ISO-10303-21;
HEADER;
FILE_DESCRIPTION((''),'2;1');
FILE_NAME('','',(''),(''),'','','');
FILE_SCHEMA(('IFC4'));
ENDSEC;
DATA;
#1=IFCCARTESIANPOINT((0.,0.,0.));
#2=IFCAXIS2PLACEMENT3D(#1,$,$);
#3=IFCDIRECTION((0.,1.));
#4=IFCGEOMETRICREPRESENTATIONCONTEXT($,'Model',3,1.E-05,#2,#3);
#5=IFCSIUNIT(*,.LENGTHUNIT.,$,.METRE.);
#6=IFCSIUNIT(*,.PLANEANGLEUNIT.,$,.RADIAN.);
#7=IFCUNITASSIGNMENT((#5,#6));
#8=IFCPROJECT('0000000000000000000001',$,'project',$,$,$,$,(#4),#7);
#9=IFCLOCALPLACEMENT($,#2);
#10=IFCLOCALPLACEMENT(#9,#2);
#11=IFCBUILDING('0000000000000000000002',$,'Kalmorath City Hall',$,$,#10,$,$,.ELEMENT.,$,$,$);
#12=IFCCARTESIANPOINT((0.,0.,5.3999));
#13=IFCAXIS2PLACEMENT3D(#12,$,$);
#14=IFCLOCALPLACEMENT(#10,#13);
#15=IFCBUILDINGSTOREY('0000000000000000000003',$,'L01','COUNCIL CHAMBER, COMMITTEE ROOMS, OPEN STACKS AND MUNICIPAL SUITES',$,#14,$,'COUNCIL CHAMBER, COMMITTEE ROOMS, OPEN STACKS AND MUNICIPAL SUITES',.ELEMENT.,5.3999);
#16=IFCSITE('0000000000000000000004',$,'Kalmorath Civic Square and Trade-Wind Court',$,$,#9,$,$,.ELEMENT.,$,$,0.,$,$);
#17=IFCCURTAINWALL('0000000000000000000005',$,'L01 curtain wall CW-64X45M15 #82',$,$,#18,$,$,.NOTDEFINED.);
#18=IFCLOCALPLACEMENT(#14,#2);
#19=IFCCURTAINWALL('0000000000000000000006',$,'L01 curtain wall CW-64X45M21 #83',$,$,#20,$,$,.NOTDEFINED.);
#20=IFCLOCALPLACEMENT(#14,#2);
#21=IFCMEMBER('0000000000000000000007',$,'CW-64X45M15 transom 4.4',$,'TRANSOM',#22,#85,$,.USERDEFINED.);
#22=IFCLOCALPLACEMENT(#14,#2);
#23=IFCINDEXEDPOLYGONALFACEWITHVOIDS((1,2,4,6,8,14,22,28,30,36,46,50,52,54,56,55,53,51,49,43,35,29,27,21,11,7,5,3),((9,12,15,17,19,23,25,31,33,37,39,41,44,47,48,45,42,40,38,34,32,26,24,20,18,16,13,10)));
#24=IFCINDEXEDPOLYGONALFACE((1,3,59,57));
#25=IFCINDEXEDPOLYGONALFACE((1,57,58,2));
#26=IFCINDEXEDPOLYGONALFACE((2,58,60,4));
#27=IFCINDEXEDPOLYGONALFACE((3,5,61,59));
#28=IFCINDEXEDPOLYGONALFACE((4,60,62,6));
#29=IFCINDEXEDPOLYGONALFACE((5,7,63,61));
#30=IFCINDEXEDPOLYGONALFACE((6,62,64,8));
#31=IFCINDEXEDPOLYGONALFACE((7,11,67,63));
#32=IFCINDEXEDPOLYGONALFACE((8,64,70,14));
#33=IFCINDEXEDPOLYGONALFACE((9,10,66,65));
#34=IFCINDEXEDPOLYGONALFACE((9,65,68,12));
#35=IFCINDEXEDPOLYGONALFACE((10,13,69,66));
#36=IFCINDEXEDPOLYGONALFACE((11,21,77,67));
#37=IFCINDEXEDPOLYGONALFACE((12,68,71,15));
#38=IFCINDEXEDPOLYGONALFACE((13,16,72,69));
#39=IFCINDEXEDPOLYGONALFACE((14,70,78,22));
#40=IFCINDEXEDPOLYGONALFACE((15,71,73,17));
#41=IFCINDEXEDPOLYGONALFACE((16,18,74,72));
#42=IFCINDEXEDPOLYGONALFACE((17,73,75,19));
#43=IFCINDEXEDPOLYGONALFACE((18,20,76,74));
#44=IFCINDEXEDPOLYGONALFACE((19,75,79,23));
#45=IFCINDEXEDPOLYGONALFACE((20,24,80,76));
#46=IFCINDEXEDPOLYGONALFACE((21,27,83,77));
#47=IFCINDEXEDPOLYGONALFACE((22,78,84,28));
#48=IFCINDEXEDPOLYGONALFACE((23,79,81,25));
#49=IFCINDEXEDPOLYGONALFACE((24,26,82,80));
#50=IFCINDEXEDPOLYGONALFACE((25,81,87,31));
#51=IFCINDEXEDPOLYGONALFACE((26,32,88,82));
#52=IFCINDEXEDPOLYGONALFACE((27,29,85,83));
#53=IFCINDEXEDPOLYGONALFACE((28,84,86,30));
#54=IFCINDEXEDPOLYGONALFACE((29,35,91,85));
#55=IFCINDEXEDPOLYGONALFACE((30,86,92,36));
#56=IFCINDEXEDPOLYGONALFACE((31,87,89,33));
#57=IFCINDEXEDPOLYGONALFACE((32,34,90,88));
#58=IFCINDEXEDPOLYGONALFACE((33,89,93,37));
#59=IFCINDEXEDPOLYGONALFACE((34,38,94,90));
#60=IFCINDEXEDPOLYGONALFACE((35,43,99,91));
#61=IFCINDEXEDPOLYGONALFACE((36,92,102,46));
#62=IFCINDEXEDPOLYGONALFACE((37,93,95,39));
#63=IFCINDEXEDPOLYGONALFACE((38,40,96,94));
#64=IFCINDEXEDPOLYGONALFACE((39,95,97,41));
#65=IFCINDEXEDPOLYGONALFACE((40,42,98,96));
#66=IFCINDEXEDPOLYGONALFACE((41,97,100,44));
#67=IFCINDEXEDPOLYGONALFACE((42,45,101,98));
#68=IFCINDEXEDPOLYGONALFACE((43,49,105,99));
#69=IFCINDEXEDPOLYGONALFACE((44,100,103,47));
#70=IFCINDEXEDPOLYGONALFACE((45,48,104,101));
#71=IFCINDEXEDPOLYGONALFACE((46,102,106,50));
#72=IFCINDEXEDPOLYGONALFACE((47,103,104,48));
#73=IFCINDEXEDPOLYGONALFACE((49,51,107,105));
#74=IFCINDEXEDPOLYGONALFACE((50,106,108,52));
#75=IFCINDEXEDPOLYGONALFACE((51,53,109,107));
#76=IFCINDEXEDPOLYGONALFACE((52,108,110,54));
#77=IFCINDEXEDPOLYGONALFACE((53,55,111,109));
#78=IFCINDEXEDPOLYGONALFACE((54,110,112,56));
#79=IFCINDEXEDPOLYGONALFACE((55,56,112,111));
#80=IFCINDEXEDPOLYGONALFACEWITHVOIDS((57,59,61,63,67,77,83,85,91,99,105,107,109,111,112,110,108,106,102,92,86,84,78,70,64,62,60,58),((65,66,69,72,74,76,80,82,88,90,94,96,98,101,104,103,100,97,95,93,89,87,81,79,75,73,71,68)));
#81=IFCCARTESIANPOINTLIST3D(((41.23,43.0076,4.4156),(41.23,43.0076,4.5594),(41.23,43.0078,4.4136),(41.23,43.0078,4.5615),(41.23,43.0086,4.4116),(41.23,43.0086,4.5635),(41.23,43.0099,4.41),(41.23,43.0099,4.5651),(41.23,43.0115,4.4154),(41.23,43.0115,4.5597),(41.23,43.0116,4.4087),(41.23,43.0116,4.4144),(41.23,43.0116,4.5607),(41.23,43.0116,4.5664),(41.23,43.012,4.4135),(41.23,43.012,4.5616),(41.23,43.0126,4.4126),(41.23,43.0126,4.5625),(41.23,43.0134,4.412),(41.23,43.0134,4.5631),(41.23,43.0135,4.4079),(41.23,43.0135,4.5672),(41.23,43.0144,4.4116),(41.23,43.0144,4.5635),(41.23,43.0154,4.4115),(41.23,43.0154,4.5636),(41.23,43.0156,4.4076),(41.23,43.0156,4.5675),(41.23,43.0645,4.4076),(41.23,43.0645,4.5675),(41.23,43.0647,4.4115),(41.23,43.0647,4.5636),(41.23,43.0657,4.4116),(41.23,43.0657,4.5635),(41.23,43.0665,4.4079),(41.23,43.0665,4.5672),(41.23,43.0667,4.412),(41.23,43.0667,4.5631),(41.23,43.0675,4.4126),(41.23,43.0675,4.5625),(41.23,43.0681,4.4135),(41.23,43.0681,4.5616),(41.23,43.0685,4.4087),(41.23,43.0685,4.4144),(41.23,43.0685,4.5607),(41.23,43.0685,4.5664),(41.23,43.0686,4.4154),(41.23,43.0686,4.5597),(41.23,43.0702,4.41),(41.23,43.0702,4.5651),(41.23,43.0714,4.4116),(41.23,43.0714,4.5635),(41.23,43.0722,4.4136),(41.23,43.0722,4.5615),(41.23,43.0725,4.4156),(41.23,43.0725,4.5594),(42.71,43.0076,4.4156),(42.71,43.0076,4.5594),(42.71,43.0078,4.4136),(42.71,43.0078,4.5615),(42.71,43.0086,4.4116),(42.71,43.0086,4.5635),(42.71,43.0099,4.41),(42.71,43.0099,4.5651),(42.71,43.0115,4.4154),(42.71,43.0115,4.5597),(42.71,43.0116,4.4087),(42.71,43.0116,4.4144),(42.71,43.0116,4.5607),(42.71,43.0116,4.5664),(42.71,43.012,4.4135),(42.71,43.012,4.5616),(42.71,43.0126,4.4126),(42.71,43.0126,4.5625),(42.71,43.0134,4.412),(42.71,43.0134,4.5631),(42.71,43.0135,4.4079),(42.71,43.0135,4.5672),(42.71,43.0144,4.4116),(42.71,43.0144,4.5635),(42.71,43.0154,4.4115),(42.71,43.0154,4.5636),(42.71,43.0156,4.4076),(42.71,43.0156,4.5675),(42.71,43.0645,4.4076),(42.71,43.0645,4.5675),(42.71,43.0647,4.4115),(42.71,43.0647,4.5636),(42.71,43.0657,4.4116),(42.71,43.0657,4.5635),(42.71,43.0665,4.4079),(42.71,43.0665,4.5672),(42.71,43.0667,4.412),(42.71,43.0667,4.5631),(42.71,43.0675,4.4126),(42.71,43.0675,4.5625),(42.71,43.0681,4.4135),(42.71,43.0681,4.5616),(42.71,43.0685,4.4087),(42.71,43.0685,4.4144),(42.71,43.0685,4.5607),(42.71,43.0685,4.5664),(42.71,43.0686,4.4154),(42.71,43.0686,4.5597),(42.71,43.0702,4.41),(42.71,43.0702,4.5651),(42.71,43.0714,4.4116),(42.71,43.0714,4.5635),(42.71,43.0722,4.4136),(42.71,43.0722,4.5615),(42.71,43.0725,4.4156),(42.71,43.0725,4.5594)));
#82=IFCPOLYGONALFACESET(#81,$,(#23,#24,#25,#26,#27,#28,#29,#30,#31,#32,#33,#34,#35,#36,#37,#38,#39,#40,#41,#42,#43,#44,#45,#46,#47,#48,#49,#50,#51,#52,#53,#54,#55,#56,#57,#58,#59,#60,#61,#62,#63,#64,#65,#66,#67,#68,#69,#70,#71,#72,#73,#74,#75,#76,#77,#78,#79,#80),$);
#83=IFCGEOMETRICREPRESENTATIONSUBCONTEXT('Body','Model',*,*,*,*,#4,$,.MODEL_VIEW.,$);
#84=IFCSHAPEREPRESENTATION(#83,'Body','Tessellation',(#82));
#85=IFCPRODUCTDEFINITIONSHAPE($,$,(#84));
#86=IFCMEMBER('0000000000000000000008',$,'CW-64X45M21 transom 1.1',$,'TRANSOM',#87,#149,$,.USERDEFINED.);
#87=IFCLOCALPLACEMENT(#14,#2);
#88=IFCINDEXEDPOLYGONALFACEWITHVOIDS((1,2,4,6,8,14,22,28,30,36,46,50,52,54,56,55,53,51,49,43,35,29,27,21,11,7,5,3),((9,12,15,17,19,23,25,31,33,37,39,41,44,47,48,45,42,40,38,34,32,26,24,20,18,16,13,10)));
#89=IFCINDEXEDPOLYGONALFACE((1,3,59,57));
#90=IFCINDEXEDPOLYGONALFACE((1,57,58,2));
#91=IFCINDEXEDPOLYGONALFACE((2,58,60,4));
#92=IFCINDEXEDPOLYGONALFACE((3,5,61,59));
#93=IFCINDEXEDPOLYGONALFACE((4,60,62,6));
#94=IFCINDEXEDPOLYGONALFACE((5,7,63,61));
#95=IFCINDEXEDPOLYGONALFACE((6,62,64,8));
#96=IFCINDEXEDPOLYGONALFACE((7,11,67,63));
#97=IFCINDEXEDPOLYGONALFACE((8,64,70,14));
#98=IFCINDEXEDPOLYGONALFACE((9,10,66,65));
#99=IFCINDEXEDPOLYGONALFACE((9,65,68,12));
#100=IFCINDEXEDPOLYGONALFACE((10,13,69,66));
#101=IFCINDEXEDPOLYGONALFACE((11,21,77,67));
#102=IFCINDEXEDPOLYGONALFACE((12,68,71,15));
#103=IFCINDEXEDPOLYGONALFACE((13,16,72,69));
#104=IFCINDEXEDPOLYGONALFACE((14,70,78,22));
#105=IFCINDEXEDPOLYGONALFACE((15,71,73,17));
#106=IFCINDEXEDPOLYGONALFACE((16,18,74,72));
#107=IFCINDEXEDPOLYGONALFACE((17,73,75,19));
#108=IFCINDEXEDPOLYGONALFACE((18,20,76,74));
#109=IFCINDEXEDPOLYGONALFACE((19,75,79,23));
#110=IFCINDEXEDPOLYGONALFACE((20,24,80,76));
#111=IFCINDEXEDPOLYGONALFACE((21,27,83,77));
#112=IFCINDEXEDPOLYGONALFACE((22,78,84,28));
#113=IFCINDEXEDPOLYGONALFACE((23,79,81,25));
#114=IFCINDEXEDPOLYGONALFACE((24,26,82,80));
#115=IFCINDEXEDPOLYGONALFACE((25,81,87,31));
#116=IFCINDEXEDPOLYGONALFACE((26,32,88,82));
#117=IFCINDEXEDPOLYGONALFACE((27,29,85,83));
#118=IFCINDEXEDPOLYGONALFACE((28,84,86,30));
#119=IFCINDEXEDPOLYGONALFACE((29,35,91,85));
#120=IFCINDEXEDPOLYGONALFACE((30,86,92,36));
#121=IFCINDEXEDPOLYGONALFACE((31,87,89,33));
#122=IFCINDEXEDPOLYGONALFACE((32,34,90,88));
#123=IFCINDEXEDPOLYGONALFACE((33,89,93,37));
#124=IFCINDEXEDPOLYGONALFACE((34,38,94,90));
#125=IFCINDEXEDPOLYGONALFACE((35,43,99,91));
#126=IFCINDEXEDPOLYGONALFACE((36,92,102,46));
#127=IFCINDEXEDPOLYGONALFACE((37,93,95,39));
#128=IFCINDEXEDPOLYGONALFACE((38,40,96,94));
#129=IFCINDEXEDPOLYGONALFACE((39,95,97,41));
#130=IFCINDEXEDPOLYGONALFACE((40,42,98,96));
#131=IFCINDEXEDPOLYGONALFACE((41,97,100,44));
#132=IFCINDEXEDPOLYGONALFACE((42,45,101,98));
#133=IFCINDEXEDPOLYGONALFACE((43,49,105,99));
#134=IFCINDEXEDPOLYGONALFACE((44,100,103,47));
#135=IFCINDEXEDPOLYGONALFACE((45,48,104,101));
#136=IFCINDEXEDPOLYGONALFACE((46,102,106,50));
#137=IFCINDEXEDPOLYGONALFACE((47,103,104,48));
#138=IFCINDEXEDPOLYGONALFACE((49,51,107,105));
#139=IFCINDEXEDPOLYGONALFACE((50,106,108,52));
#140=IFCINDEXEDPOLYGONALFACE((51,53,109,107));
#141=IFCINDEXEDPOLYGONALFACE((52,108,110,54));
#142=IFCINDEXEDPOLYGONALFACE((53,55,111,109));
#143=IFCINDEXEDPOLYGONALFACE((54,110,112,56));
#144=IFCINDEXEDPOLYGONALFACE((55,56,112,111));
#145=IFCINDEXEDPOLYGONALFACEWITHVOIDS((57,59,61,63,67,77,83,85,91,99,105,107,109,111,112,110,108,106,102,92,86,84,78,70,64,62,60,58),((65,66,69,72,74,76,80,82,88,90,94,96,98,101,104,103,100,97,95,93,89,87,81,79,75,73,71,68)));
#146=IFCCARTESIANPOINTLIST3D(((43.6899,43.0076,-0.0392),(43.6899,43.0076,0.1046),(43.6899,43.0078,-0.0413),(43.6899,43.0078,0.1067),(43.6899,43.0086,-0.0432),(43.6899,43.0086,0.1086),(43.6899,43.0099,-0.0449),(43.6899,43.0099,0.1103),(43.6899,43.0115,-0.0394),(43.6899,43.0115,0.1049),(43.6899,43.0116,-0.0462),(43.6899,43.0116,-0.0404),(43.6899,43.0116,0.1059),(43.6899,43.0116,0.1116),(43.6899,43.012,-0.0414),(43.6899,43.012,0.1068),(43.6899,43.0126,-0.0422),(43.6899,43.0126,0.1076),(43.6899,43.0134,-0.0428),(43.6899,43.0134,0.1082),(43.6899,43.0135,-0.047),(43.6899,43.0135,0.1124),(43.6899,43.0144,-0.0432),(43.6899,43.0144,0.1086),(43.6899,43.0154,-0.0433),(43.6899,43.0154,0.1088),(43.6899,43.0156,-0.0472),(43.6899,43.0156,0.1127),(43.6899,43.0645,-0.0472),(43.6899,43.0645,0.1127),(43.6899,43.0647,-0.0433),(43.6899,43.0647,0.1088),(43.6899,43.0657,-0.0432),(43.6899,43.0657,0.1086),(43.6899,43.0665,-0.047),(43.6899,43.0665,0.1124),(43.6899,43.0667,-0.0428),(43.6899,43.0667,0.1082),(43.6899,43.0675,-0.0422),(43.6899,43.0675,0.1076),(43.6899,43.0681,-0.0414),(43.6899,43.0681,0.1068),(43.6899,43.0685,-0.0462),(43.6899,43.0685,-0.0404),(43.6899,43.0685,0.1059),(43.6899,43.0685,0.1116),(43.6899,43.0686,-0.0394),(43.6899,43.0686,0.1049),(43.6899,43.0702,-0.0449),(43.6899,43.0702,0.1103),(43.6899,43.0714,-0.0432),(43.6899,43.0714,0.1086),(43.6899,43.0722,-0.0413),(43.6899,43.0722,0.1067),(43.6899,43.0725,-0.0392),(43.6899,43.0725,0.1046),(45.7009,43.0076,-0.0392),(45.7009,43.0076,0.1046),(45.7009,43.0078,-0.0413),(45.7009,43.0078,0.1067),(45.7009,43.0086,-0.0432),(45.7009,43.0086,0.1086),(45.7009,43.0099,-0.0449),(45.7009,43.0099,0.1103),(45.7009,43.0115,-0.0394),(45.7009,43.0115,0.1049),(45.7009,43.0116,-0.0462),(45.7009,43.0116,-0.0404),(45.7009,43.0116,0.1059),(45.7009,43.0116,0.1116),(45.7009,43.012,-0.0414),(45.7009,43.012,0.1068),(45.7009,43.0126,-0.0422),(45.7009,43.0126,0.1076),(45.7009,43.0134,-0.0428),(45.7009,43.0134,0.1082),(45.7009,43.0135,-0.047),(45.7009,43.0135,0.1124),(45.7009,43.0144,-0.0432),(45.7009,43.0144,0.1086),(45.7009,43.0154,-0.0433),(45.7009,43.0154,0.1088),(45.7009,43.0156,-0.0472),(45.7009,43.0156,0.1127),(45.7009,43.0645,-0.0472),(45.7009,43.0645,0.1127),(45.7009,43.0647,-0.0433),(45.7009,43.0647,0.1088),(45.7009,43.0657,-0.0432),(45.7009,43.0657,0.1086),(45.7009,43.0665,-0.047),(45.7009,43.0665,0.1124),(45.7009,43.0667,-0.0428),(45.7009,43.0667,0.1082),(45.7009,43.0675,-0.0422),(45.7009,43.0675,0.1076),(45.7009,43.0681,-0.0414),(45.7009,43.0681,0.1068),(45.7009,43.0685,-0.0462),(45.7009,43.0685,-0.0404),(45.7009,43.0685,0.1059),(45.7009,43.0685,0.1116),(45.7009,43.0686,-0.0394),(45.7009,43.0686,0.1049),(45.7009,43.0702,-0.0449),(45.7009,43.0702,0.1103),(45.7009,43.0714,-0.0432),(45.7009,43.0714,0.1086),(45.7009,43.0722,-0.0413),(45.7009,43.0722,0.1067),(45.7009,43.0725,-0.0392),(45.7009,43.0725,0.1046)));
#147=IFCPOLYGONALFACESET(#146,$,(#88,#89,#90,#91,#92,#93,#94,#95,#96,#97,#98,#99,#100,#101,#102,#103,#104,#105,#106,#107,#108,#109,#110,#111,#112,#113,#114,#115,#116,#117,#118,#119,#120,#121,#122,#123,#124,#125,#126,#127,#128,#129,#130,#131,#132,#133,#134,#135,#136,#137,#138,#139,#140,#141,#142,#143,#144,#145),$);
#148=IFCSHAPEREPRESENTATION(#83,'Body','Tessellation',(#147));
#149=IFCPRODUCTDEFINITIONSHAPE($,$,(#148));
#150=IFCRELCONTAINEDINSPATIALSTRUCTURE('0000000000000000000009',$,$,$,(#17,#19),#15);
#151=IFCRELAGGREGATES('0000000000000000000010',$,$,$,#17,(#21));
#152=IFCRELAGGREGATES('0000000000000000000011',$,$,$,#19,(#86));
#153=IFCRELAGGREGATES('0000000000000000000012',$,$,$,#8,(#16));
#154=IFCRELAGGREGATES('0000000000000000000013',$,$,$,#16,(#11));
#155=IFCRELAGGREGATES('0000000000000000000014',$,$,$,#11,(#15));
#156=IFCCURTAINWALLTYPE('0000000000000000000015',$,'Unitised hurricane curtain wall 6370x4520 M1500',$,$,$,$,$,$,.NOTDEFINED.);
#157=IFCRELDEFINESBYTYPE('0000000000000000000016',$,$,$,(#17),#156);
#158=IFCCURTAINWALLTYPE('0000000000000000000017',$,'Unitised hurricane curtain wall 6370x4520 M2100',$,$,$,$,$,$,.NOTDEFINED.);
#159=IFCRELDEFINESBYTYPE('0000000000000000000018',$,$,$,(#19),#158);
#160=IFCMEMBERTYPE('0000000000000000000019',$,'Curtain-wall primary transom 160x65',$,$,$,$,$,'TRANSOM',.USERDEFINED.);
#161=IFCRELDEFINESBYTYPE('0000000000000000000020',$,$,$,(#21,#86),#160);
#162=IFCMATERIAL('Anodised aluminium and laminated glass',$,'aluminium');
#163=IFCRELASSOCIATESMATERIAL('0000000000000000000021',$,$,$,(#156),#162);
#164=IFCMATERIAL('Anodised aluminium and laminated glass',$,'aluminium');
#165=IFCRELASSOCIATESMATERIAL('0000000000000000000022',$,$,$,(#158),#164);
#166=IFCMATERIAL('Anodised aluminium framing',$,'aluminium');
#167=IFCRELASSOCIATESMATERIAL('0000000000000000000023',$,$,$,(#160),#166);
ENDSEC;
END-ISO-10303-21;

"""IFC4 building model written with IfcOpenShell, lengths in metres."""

from ifc_helpers import new_model, si_unit, direction, frame, origin, origin_2d, place, context, subcontext, project, spatial, hollow_rectangle, extrude, material, material_profile, profile_set, type_object, element, aggregate, save


model = new_model("IFC4")

# Units and contexts
model_context = context("Model", 3, precision=1e-05, world=origin(), true_north=direction((0.0, 1.0)))
body_context = subcontext(model_context, "Body", "Model", "MODEL_VIEW")
ifc_project = project(units=[si_unit("LENGTHUNIT", "METRE"), si_unit("PLANEANGLEUNIT", "RADIAN")], contexts=[model_context])

# Site, building, storey
site_placement = place(None, origin())
site = spatial("IfcSite", under=ifc_project, at=site_placement, Name="Kalmorath Civic Square and Trade-Wind Court", CompositionType="ELEMENT", RefElevation=0.0)
building_placement = place(site_placement, origin())
building = spatial("IfcBuilding", under=site, at=building_placement, Name="Kalmorath City Hall", CompositionType="ELEMENT")
storey_placement = place(building_placement, frame((0.0, 0.0, 5.3999)))
storey = spatial("IfcBuildingStorey", under=building, at=storey_placement, Name="L01", Description="COUNCIL CHAMBER, COMMITTEE ROOMS, OPEN STACKS AND MUNICIPAL SUITES", LongName="COUNCIL CHAMBER, COMMITTEE ROOMS, OPEN STACKS AND MUNICIPAL SUITES", CompositionType="ELEMENT", Elevation=5.3999)

# Curtain wall
ifc_material_1 = material(Name="Anodised aluminium and laminated glass", Category="aluminium")
curtain_wall_type_1 = type_object("IfcCurtainWallType", Name="Unitised hurricane curtain wall 6370x4520 M1500", PredefinedType="NOTDEFINED", material=ifc_material_1)
curtain_wall_1_placement = place(storey_placement, origin())
curtain_wall_1 = element("IfcCurtainWall", 1, at=curtain_wall_1_placement, inside=storey, type_object=curtain_wall_type_1, Name="L01 curtain wall CW-64X45M15 #82", PredefinedType="NOTDEFINED")

# Curtain wall
ifc_material_2 = material(Name="Anodised aluminium and laminated glass", Category="aluminium")
curtain_wall_type_2 = type_object("IfcCurtainWallType", Name="Unitised hurricane curtain wall 6370x4520 M2100", PredefinedType="NOTDEFINED", material=ifc_material_2)
curtain_wall_2_placement = place(storey_placement, origin())
curtain_wall_2 = element("IfcCurtainWall", 2, at=curtain_wall_2_placement, inside=storey, type_object=curtain_wall_type_2, Name="L01 curtain wall CW-64X45M21 #83", PredefinedType="NOTDEFINED")

# Members
ifc_material_3 = material(Name="Anodised aluminium framing", Category="aluminium")
ifc_material_profile_1 = material_profile(ifc_material_3, hollow_rectangle(XDim=0.0649, YDim=0.1599, WallThickness=0.0039, InnerFilletRadius=0.0039, OuterFilletRadius=0.0081, at=origin_2d()), Name="ALU-TRN-160X65X4")
ifc_profile_set_1 = profile_set([ifc_material_profile_1], Name="Anodised aluminium framing")
member_type_1 = type_object("IfcMemberType", Name="Curtain-wall primary transom 160x65", ElementType="TRANSOM", PredefinedType="USERDEFINED", material=ifc_profile_set_1)
member_1_placement = place(storey_placement, frame((41.23, 43.04, 4.4875), z_axis=(1.0, 0.0, 0.0), x_axis=(0.0, 1.0, 0.0)))
member_1 = element("IfcMember", 3, at=member_1_placement, type_object=member_type_1, Name="CW-64X45M15 transom 4.4", ObjectType="TRANSOM", PredefinedType="USERDEFINED", context=body_context, shape_type="SweptSolid", body=[
    extrude(hollow_rectangle(XDim=0.0649, YDim=0.1599, WallThickness=0.0039, InnerFilletRadius=0.0039, OuterFilletRadius=0.0081, at=origin_2d()), origin(), (0.0, 0.0, 1.0), 1.48),
])
member_2_placement = place(storey_placement, frame((43.6899, 43.04, 0.0327), z_axis=(1.0, 0.0, 0.0), x_axis=(0.0, 1.0, 0.0)))
member_2 = element("IfcMember", 4, at=member_2_placement, type_object=member_type_1, Name="CW-64X45M21 transom 1.1", ObjectType="TRANSOM", PredefinedType="USERDEFINED", context=body_context, shape_type="SweptSolid", body=[
    extrude(hollow_rectangle(XDim=0.0649, YDim=0.1599, WallThickness=0.0039, InnerFilletRadius=0.0039, OuterFilletRadius=0.0081, at=origin_2d()), origin(), (0.0, 0.0, 1.0), 2.011),
])

aggregate(curtain_wall_1, [member_1])
aggregate(curtain_wall_2, [member_2])

save(model, "model.ifc")
